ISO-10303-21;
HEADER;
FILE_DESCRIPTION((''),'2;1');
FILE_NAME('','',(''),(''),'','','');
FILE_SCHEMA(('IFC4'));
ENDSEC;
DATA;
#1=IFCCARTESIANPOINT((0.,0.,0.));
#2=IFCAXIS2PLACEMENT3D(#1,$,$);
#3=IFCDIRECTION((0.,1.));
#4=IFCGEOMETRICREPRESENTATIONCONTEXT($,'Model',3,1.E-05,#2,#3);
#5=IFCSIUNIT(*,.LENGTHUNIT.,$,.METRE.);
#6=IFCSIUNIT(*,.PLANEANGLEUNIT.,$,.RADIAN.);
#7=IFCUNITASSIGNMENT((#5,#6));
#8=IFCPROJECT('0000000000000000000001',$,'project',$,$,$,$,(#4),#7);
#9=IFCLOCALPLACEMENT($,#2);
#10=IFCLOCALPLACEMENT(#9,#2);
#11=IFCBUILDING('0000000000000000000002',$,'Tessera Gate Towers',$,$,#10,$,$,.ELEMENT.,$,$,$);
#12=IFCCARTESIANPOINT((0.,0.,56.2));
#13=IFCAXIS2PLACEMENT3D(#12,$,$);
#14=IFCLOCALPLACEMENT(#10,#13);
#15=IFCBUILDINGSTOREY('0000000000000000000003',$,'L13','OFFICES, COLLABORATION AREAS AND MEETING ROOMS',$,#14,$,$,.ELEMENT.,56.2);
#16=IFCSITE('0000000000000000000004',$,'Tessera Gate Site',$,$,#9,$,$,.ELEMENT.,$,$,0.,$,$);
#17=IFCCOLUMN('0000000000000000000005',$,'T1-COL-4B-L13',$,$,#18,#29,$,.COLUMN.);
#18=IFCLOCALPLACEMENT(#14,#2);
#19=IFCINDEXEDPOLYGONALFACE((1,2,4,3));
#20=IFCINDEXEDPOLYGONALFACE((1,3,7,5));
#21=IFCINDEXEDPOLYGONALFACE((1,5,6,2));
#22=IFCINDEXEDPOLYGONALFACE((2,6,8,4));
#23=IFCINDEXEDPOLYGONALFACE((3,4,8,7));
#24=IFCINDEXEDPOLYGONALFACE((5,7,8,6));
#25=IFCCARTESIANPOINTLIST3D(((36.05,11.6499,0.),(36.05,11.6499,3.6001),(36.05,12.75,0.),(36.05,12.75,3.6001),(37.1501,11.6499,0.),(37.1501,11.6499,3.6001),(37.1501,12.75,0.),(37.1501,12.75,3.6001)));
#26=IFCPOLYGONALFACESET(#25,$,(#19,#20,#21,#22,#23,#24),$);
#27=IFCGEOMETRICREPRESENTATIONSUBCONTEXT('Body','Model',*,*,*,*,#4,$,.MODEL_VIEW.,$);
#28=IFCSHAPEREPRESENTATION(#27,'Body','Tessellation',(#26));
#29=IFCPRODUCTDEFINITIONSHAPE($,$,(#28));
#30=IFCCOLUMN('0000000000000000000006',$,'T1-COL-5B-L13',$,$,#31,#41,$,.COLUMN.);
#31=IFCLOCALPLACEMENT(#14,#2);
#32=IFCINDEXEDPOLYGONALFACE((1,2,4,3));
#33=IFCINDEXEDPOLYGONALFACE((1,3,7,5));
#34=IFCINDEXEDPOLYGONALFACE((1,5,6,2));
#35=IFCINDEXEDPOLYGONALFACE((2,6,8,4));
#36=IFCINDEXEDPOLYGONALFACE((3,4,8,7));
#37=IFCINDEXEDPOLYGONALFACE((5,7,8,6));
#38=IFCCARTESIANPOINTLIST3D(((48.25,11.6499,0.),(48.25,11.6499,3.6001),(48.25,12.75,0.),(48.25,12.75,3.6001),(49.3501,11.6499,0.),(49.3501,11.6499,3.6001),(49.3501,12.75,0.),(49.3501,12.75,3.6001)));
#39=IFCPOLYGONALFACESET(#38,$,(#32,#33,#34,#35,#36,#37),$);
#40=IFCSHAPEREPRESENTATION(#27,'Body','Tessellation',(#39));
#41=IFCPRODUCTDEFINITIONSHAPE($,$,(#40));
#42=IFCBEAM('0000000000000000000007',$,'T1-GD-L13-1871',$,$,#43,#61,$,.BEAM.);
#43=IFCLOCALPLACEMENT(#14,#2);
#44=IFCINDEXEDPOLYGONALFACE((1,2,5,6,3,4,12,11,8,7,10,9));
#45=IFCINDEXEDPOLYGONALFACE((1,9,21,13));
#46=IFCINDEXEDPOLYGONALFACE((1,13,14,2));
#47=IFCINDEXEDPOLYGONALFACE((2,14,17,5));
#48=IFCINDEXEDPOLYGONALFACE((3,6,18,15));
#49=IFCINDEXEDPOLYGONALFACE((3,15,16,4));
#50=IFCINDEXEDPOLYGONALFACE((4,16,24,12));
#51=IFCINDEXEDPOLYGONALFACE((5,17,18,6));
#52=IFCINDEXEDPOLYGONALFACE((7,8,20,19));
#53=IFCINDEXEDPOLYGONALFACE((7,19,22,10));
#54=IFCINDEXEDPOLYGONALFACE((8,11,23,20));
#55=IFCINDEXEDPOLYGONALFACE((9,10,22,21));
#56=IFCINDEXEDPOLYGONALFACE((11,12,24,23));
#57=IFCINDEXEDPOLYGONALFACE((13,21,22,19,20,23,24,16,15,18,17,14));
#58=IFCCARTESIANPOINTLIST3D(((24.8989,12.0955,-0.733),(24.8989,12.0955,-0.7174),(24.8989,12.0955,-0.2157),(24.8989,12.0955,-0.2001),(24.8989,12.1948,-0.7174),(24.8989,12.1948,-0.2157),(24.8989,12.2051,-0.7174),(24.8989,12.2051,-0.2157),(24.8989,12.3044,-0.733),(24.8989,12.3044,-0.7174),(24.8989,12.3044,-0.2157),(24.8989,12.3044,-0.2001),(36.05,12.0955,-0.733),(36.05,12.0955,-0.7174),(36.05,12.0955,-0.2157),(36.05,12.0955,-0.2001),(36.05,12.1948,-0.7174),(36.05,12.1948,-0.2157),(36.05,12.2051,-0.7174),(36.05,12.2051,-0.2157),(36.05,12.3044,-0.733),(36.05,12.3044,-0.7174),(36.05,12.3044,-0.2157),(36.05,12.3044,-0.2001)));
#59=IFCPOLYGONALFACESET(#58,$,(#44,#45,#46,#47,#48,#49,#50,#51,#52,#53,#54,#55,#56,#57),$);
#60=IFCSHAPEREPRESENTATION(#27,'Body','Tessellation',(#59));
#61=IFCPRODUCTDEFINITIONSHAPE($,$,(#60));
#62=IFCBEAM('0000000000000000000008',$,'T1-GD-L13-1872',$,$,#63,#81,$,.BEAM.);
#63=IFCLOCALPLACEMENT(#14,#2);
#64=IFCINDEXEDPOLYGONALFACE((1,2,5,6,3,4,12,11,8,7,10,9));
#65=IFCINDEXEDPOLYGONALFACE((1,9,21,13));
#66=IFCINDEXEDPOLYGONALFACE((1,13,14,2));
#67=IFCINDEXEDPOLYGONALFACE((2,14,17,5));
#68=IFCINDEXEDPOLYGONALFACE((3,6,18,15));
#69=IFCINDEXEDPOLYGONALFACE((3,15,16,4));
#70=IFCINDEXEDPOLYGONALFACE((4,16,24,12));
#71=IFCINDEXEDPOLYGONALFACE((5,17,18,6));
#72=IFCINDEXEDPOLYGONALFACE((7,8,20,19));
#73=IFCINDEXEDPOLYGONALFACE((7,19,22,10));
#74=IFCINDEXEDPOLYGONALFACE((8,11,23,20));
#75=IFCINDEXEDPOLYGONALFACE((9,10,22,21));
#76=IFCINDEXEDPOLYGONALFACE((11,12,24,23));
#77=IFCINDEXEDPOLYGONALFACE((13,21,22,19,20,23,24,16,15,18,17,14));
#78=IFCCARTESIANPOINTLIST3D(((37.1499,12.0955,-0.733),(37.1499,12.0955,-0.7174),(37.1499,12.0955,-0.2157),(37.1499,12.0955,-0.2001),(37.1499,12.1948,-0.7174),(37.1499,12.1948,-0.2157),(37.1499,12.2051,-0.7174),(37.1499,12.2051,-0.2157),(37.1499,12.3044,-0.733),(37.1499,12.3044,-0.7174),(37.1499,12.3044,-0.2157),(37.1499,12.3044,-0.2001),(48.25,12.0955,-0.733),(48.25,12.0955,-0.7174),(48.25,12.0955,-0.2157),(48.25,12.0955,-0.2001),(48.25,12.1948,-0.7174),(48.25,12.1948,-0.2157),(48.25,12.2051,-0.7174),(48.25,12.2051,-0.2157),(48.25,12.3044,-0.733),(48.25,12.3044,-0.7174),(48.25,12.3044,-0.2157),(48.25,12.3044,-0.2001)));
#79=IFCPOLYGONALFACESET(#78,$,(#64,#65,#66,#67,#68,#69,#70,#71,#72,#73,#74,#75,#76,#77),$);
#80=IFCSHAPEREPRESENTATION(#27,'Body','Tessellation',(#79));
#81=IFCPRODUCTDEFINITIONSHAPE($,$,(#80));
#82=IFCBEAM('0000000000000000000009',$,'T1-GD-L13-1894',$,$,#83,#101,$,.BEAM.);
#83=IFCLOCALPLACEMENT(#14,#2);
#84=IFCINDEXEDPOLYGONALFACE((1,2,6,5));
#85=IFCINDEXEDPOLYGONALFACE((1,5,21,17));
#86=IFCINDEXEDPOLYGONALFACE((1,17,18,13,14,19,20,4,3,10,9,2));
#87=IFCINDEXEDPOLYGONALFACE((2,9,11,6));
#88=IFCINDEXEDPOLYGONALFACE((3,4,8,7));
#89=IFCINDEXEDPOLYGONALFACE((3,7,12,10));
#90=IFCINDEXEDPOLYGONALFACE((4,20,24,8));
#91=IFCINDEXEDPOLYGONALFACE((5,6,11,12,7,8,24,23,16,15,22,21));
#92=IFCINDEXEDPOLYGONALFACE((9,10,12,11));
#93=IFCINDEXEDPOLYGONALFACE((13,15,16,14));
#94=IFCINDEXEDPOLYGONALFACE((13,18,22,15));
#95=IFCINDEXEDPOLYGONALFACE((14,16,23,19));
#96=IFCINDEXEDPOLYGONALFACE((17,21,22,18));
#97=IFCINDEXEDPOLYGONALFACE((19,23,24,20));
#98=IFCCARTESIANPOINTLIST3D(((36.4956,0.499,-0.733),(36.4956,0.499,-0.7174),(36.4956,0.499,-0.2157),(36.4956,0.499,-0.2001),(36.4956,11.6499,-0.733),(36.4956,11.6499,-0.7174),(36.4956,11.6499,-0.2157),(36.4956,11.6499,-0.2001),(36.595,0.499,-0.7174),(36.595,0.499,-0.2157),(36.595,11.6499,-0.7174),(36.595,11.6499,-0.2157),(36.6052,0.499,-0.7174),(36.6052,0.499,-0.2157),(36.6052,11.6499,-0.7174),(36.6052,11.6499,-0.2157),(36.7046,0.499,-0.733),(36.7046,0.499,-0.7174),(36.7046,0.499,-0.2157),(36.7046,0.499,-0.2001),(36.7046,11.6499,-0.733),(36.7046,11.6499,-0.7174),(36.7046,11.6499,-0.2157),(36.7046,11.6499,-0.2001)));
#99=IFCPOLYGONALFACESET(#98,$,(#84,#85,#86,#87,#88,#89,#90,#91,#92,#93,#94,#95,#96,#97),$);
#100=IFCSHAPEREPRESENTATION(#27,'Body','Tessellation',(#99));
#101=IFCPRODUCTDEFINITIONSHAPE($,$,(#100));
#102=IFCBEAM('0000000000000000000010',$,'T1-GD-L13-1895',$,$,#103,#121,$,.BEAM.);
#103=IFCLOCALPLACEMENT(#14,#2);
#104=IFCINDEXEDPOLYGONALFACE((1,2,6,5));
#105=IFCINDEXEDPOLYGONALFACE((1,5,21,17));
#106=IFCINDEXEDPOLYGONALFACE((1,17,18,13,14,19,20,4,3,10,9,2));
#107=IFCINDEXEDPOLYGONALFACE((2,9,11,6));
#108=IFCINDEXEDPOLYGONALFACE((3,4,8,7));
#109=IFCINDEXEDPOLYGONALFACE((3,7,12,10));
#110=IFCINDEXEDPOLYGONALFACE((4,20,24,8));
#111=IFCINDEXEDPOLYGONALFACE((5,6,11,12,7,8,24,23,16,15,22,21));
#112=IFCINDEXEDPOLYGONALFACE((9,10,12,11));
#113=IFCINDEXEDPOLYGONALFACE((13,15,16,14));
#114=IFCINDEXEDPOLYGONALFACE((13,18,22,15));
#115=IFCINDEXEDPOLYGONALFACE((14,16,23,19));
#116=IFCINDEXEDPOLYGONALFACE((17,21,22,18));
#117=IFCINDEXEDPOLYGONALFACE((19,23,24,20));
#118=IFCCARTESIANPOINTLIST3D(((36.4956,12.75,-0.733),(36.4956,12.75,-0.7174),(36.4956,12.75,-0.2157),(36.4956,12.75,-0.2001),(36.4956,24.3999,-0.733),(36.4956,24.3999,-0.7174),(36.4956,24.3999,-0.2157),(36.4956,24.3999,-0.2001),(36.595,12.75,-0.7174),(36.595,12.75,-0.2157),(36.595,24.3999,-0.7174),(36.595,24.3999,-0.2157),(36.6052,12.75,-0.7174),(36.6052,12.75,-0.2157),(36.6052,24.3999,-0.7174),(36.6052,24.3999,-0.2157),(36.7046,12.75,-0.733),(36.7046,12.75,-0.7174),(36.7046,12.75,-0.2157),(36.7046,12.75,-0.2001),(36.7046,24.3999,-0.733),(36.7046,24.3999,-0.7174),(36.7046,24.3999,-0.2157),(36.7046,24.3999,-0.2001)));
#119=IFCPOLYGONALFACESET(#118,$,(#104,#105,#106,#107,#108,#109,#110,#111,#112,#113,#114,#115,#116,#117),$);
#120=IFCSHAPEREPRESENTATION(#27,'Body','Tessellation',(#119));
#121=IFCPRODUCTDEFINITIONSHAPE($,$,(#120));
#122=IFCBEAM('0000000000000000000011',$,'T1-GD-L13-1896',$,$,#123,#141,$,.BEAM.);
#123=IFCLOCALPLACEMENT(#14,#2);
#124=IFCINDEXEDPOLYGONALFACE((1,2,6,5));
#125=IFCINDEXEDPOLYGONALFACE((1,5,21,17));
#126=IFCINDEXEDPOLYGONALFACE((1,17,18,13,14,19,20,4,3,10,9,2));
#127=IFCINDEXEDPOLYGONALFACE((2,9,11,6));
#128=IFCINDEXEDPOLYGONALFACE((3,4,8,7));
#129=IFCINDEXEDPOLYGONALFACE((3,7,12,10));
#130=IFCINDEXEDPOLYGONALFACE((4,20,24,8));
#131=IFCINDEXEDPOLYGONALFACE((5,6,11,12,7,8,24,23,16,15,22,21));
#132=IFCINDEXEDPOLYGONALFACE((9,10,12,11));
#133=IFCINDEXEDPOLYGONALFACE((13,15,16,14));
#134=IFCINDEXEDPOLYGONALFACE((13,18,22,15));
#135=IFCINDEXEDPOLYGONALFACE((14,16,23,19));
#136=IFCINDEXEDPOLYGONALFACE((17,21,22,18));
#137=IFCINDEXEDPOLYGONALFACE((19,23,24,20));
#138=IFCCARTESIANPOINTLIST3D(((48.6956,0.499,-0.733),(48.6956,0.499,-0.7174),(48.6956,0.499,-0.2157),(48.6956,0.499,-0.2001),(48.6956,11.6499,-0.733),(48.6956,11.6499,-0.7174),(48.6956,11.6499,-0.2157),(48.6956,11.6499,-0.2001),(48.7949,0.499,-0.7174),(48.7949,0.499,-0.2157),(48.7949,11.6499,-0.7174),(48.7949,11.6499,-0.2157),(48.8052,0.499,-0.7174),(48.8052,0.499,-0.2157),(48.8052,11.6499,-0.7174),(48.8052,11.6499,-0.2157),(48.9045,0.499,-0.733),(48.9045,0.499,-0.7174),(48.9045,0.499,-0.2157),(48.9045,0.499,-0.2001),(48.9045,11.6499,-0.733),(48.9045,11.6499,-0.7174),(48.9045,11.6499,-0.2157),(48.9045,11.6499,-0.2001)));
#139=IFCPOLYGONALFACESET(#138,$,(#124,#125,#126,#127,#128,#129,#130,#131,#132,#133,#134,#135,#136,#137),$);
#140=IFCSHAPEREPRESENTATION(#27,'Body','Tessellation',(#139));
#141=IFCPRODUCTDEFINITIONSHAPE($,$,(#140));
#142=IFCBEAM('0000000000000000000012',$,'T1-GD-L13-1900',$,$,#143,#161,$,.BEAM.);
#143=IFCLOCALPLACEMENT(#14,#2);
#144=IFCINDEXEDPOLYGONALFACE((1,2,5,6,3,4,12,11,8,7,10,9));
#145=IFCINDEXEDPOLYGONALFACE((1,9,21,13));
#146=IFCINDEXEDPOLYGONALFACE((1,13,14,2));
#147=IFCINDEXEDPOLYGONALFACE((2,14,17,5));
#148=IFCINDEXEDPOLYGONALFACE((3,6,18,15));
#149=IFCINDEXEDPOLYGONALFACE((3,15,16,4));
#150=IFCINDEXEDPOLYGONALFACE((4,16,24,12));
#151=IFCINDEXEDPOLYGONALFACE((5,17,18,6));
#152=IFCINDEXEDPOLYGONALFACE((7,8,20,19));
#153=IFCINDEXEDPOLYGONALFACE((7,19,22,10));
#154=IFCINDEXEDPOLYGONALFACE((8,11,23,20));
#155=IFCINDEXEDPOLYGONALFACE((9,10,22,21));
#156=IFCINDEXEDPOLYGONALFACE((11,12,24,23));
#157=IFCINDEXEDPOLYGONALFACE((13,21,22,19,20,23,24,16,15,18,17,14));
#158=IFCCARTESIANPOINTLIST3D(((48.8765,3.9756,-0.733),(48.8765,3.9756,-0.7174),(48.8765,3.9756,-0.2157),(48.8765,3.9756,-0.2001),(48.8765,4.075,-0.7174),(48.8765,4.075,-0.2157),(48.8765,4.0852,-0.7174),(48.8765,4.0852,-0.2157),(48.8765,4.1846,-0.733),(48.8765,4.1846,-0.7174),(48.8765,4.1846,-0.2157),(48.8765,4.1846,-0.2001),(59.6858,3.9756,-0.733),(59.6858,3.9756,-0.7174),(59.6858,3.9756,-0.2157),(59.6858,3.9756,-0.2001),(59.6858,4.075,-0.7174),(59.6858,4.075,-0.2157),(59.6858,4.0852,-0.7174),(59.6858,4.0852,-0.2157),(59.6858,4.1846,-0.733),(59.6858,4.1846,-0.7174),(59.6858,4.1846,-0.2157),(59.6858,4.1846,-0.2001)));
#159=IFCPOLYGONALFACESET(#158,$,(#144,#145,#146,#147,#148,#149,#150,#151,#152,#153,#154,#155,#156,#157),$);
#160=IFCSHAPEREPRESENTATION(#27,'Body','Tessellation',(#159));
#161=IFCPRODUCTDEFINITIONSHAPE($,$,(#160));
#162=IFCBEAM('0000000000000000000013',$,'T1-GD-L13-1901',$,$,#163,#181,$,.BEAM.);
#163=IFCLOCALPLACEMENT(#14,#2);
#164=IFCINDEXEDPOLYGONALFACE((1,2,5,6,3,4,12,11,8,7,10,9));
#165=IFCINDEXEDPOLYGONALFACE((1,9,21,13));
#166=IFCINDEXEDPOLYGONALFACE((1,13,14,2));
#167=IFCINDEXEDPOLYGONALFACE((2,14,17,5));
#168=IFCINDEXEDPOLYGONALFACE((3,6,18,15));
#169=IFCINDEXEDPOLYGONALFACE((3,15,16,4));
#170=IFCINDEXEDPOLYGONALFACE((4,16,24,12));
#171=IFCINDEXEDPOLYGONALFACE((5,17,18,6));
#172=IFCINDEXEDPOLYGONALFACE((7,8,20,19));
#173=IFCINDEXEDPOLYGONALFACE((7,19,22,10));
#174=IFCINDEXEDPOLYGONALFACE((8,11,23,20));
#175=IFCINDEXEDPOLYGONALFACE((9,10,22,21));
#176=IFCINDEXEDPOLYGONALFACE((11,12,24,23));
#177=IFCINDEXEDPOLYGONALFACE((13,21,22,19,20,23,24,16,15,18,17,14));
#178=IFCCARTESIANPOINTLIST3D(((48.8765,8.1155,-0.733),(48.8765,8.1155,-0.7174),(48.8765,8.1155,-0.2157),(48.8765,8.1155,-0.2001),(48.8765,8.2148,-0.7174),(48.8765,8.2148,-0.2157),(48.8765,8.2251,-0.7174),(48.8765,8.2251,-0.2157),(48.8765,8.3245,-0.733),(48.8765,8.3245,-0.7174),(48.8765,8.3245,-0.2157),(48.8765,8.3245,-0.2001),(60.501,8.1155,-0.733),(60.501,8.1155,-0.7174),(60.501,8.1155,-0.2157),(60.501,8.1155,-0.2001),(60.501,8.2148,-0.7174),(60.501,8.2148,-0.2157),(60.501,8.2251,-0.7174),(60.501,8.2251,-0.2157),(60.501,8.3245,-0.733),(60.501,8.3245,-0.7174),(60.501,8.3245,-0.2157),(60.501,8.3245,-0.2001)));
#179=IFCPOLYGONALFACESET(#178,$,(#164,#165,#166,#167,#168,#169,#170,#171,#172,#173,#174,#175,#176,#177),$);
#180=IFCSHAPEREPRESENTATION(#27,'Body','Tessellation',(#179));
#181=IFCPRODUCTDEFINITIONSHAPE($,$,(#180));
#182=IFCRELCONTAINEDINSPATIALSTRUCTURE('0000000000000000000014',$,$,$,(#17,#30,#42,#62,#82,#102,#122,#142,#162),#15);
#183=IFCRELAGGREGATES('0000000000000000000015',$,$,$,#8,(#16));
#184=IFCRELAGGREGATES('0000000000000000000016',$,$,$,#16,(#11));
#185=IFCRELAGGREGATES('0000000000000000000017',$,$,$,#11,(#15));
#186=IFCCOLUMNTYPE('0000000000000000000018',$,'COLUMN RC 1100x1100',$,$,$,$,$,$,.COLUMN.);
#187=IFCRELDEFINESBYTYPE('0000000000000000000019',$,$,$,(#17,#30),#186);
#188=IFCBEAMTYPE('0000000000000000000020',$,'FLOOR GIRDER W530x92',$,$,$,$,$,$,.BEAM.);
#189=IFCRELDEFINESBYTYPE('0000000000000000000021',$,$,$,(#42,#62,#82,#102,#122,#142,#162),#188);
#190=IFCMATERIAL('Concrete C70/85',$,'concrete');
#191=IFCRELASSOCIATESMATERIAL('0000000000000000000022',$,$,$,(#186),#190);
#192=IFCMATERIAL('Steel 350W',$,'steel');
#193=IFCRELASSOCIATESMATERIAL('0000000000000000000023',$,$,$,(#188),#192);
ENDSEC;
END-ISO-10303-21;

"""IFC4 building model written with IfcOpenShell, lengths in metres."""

from ifc_helpers import new_model, si_unit, direction, frame, origin, origin_2d, place, context, subcontext, project, spatial, rectangle, i_section, extrude, material, material_profile, profile_set, type_object, element, save


model = new_model("IFC4")

# Units and contexts
model_context = context("Model", 3, precision=1e-05, world=origin(), true_north=direction((0.0, 1.0)))
body_context = subcontext(model_context, "Body", "Model", "MODEL_VIEW")
ifc_project = project(units=[si_unit("LENGTHUNIT", "METRE"), si_unit("PLANEANGLEUNIT", "RADIAN")], contexts=[model_context])

# Site, building, storey
site_placement = place(None, origin())
site = spatial("IfcSite", under=ifc_project, at=site_placement, Name="Tessera Gate Site", CompositionType="ELEMENT", RefElevation=0.0)
building_placement = place(site_placement, origin())
building = spatial("IfcBuilding", under=site, at=building_placement, Name="Tessera Gate Towers", CompositionType="ELEMENT")
storey_placement = place(building_placement, frame((0.0, 0.0, 56.2)))
storey = spatial("IfcBuildingStorey", under=building, at=storey_placement, Name="L13", Description="OFFICES, COLLABORATION AREAS AND MEETING ROOMS", CompositionType="ELEMENT", Elevation=56.2)

# Columns
ifc_material_1 = material(Name="Concrete C70/85", Category="concrete")
ifc_material_profile_1 = material_profile(ifc_material_1, rectangle(XDim=1.1001, YDim=1.1001, at=origin_2d()), Name="RC 1100x1100")
ifc_profile_set_1 = profile_set([ifc_material_profile_1], Name="Concrete C70/85")
column_type = type_object("IfcColumnType", Name="COLUMN RC 1100x1100", PredefinedType="COLUMN", material=ifc_profile_set_1)
for number, where, z_axis, x_axis, name in (
    (1, (36.6001, 12.2, 0.0), (0.0, 0.0, 1.0), (1.0, 0.0, 0.0), "T1-COL-4B-L13"),
    (2, (48.8, 12.2, 0.0), (0.0, 0.0, 1.0), (1.0, 0.0, 0.0), "T1-COL-5B-L13"),
):
    element("IfcColumn", number, at=place(storey_placement, frame(where, z_axis=z_axis, x_axis=x_axis)), inside=storey, type_object=column_type, Name=name, PredefinedType="COLUMN", context=body_context, shape_type="SweptSolid", body=[
        extrude(rectangle(XDim=1.1001, YDim=1.1001, at=origin_2d()), origin(), (0.0, 0.0, 1.0), 3.6001),
    ])

# Beams
ifc_material_2 = material(Name="Steel 350W", Category="steel")
ifc_material_profile_2 = material_profile(ifc_material_2, i_section(OverallWidth=0.209, OverallDepth=0.533, WebThickness=0.0103, FlangeThickness=0.0156, at=origin_2d()), Name="W530x92")
ifc_profile_set_2 = profile_set([ifc_material_profile_2], Name="Steel 350W")
beam_type_1 = type_object("IfcBeamType", Name="FLOOR GIRDER W530x92", PredefinedType="BEAM", material=ifc_profile_set_2)
beam_1_placement = place(storey_placement, frame((24.8989, 12.2, -0.4666), z_axis=(1.0, 0.0, 0.0), x_axis=(0.0, 1.0, 0.0)))
element("IfcBeam", 3, at=beam_1_placement, inside=storey, type_object=beam_type_1, Name="T1-GD-L13-1871", PredefinedType="BEAM", context=body_context, shape_type="SweptSolid", body=[
    extrude(i_section(OverallWidth=0.209, OverallDepth=0.533, WebThickness=0.0103, FlangeThickness=0.0156, at=origin_2d()), origin(), (0.0, 0.0, 1.0), 11.1511),
])
beam_2_placement = place(storey_placement, frame((37.1499, 12.2, -0.4666), z_axis=(1.0, 0.0, 0.0), x_axis=(0.0, 1.0, 0.0)))
element("IfcBeam", 4, at=beam_2_placement, inside=storey, type_object=beam_type_1, Name="T1-GD-L13-1872", PredefinedType="BEAM", context=body_context, shape_type="SweptSolid", body=[
    extrude(i_section(OverallWidth=0.209, OverallDepth=0.533, WebThickness=0.0103, FlangeThickness=0.0156, at=origin_2d()), origin(), (0.0, 0.0, 1.0), 11.1001),
])
beam_3_placement = place(storey_placement, frame((36.6001, 0.499, -0.4666), z_axis=(0.0, 1.0, 0.0), x_axis=(-1.0, 0.0, 0.0)))
element("IfcBeam", 5, at=beam_3_placement, inside=storey, type_object=beam_type_1, Name="T1-GD-L13-1894", PredefinedType="BEAM", context=body_context, shape_type="SweptSolid", body=[
    extrude(i_section(OverallWidth=0.209, OverallDepth=0.533, WebThickness=0.0103, FlangeThickness=0.0156, at=origin_2d()), origin(), (0.0, 0.0, 1.0), 11.1509),
])
beam_4_placement = place(storey_placement, frame((36.6001, 12.75, -0.4666), z_axis=(0.0, 1.0, 0.0), x_axis=(-1.0, 0.0, 0.0)))
element("IfcBeam", 6, at=beam_4_placement, inside=storey, type_object=beam_type_1, Name="T1-GD-L13-1895", PredefinedType="BEAM", context=body_context, shape_type="SweptSolid", body=[
    extrude(i_section(OverallWidth=0.209, OverallDepth=0.533, WebThickness=0.0103, FlangeThickness=0.0156, at=origin_2d()), origin(), (0.0, 0.0, 1.0), 11.6499),
])
beam_5_placement = place(storey_placement, frame((48.8, 0.499, -0.4666), z_axis=(0.0, 1.0, 0.0), x_axis=(-1.0, 0.0, 0.0)))
element("IfcBeam", 7, at=beam_5_placement, inside=storey, type_object=beam_type_1, Name="T1-GD-L13-1896", PredefinedType="BEAM", context=body_context, shape_type="SweptSolid", body=[
    extrude(i_section(OverallWidth=0.209, OverallDepth=0.533, WebThickness=0.0103, FlangeThickness=0.0156, at=origin_2d()), origin(), (0.0, 0.0, 1.0), 11.1509),
])
beam_6_placement = place(storey_placement, frame((48.8765, 4.0801, -0.4666), z_axis=(1.0, 0.0, 0.0), x_axis=(0.0, 1.0, 0.0)))
element("IfcBeam", 8, at=beam_6_placement, inside=storey, type_object=beam_type_1, Name="T1-GD-L13-1900", PredefinedType="BEAM", context=body_context, shape_type="SweptSolid", body=[
    extrude(i_section(OverallWidth=0.209, OverallDepth=0.533, WebThickness=0.0103, FlangeThickness=0.0156, at=origin_2d()), origin(), (0.0, 0.0, 1.0), 10.8093),
])
beam_7_placement = place(storey_placement, frame((48.8765, 8.22, -0.4666), z_axis=(1.0, 0.0, 0.0), x_axis=(0.0, 1.0, 0.0)))
element("IfcBeam", 9, at=beam_7_placement, inside=storey, type_object=beam_type_1, Name="T1-GD-L13-1901", PredefinedType="BEAM", context=body_context, shape_type="SweptSolid", body=[
    extrude(i_section(OverallWidth=0.209, OverallDepth=0.533, WebThickness=0.0103, FlangeThickness=0.0156, at=origin_2d()), origin(), (0.0, 0.0, 1.0), 11.6245),
])

save(model, "model.ifc")
